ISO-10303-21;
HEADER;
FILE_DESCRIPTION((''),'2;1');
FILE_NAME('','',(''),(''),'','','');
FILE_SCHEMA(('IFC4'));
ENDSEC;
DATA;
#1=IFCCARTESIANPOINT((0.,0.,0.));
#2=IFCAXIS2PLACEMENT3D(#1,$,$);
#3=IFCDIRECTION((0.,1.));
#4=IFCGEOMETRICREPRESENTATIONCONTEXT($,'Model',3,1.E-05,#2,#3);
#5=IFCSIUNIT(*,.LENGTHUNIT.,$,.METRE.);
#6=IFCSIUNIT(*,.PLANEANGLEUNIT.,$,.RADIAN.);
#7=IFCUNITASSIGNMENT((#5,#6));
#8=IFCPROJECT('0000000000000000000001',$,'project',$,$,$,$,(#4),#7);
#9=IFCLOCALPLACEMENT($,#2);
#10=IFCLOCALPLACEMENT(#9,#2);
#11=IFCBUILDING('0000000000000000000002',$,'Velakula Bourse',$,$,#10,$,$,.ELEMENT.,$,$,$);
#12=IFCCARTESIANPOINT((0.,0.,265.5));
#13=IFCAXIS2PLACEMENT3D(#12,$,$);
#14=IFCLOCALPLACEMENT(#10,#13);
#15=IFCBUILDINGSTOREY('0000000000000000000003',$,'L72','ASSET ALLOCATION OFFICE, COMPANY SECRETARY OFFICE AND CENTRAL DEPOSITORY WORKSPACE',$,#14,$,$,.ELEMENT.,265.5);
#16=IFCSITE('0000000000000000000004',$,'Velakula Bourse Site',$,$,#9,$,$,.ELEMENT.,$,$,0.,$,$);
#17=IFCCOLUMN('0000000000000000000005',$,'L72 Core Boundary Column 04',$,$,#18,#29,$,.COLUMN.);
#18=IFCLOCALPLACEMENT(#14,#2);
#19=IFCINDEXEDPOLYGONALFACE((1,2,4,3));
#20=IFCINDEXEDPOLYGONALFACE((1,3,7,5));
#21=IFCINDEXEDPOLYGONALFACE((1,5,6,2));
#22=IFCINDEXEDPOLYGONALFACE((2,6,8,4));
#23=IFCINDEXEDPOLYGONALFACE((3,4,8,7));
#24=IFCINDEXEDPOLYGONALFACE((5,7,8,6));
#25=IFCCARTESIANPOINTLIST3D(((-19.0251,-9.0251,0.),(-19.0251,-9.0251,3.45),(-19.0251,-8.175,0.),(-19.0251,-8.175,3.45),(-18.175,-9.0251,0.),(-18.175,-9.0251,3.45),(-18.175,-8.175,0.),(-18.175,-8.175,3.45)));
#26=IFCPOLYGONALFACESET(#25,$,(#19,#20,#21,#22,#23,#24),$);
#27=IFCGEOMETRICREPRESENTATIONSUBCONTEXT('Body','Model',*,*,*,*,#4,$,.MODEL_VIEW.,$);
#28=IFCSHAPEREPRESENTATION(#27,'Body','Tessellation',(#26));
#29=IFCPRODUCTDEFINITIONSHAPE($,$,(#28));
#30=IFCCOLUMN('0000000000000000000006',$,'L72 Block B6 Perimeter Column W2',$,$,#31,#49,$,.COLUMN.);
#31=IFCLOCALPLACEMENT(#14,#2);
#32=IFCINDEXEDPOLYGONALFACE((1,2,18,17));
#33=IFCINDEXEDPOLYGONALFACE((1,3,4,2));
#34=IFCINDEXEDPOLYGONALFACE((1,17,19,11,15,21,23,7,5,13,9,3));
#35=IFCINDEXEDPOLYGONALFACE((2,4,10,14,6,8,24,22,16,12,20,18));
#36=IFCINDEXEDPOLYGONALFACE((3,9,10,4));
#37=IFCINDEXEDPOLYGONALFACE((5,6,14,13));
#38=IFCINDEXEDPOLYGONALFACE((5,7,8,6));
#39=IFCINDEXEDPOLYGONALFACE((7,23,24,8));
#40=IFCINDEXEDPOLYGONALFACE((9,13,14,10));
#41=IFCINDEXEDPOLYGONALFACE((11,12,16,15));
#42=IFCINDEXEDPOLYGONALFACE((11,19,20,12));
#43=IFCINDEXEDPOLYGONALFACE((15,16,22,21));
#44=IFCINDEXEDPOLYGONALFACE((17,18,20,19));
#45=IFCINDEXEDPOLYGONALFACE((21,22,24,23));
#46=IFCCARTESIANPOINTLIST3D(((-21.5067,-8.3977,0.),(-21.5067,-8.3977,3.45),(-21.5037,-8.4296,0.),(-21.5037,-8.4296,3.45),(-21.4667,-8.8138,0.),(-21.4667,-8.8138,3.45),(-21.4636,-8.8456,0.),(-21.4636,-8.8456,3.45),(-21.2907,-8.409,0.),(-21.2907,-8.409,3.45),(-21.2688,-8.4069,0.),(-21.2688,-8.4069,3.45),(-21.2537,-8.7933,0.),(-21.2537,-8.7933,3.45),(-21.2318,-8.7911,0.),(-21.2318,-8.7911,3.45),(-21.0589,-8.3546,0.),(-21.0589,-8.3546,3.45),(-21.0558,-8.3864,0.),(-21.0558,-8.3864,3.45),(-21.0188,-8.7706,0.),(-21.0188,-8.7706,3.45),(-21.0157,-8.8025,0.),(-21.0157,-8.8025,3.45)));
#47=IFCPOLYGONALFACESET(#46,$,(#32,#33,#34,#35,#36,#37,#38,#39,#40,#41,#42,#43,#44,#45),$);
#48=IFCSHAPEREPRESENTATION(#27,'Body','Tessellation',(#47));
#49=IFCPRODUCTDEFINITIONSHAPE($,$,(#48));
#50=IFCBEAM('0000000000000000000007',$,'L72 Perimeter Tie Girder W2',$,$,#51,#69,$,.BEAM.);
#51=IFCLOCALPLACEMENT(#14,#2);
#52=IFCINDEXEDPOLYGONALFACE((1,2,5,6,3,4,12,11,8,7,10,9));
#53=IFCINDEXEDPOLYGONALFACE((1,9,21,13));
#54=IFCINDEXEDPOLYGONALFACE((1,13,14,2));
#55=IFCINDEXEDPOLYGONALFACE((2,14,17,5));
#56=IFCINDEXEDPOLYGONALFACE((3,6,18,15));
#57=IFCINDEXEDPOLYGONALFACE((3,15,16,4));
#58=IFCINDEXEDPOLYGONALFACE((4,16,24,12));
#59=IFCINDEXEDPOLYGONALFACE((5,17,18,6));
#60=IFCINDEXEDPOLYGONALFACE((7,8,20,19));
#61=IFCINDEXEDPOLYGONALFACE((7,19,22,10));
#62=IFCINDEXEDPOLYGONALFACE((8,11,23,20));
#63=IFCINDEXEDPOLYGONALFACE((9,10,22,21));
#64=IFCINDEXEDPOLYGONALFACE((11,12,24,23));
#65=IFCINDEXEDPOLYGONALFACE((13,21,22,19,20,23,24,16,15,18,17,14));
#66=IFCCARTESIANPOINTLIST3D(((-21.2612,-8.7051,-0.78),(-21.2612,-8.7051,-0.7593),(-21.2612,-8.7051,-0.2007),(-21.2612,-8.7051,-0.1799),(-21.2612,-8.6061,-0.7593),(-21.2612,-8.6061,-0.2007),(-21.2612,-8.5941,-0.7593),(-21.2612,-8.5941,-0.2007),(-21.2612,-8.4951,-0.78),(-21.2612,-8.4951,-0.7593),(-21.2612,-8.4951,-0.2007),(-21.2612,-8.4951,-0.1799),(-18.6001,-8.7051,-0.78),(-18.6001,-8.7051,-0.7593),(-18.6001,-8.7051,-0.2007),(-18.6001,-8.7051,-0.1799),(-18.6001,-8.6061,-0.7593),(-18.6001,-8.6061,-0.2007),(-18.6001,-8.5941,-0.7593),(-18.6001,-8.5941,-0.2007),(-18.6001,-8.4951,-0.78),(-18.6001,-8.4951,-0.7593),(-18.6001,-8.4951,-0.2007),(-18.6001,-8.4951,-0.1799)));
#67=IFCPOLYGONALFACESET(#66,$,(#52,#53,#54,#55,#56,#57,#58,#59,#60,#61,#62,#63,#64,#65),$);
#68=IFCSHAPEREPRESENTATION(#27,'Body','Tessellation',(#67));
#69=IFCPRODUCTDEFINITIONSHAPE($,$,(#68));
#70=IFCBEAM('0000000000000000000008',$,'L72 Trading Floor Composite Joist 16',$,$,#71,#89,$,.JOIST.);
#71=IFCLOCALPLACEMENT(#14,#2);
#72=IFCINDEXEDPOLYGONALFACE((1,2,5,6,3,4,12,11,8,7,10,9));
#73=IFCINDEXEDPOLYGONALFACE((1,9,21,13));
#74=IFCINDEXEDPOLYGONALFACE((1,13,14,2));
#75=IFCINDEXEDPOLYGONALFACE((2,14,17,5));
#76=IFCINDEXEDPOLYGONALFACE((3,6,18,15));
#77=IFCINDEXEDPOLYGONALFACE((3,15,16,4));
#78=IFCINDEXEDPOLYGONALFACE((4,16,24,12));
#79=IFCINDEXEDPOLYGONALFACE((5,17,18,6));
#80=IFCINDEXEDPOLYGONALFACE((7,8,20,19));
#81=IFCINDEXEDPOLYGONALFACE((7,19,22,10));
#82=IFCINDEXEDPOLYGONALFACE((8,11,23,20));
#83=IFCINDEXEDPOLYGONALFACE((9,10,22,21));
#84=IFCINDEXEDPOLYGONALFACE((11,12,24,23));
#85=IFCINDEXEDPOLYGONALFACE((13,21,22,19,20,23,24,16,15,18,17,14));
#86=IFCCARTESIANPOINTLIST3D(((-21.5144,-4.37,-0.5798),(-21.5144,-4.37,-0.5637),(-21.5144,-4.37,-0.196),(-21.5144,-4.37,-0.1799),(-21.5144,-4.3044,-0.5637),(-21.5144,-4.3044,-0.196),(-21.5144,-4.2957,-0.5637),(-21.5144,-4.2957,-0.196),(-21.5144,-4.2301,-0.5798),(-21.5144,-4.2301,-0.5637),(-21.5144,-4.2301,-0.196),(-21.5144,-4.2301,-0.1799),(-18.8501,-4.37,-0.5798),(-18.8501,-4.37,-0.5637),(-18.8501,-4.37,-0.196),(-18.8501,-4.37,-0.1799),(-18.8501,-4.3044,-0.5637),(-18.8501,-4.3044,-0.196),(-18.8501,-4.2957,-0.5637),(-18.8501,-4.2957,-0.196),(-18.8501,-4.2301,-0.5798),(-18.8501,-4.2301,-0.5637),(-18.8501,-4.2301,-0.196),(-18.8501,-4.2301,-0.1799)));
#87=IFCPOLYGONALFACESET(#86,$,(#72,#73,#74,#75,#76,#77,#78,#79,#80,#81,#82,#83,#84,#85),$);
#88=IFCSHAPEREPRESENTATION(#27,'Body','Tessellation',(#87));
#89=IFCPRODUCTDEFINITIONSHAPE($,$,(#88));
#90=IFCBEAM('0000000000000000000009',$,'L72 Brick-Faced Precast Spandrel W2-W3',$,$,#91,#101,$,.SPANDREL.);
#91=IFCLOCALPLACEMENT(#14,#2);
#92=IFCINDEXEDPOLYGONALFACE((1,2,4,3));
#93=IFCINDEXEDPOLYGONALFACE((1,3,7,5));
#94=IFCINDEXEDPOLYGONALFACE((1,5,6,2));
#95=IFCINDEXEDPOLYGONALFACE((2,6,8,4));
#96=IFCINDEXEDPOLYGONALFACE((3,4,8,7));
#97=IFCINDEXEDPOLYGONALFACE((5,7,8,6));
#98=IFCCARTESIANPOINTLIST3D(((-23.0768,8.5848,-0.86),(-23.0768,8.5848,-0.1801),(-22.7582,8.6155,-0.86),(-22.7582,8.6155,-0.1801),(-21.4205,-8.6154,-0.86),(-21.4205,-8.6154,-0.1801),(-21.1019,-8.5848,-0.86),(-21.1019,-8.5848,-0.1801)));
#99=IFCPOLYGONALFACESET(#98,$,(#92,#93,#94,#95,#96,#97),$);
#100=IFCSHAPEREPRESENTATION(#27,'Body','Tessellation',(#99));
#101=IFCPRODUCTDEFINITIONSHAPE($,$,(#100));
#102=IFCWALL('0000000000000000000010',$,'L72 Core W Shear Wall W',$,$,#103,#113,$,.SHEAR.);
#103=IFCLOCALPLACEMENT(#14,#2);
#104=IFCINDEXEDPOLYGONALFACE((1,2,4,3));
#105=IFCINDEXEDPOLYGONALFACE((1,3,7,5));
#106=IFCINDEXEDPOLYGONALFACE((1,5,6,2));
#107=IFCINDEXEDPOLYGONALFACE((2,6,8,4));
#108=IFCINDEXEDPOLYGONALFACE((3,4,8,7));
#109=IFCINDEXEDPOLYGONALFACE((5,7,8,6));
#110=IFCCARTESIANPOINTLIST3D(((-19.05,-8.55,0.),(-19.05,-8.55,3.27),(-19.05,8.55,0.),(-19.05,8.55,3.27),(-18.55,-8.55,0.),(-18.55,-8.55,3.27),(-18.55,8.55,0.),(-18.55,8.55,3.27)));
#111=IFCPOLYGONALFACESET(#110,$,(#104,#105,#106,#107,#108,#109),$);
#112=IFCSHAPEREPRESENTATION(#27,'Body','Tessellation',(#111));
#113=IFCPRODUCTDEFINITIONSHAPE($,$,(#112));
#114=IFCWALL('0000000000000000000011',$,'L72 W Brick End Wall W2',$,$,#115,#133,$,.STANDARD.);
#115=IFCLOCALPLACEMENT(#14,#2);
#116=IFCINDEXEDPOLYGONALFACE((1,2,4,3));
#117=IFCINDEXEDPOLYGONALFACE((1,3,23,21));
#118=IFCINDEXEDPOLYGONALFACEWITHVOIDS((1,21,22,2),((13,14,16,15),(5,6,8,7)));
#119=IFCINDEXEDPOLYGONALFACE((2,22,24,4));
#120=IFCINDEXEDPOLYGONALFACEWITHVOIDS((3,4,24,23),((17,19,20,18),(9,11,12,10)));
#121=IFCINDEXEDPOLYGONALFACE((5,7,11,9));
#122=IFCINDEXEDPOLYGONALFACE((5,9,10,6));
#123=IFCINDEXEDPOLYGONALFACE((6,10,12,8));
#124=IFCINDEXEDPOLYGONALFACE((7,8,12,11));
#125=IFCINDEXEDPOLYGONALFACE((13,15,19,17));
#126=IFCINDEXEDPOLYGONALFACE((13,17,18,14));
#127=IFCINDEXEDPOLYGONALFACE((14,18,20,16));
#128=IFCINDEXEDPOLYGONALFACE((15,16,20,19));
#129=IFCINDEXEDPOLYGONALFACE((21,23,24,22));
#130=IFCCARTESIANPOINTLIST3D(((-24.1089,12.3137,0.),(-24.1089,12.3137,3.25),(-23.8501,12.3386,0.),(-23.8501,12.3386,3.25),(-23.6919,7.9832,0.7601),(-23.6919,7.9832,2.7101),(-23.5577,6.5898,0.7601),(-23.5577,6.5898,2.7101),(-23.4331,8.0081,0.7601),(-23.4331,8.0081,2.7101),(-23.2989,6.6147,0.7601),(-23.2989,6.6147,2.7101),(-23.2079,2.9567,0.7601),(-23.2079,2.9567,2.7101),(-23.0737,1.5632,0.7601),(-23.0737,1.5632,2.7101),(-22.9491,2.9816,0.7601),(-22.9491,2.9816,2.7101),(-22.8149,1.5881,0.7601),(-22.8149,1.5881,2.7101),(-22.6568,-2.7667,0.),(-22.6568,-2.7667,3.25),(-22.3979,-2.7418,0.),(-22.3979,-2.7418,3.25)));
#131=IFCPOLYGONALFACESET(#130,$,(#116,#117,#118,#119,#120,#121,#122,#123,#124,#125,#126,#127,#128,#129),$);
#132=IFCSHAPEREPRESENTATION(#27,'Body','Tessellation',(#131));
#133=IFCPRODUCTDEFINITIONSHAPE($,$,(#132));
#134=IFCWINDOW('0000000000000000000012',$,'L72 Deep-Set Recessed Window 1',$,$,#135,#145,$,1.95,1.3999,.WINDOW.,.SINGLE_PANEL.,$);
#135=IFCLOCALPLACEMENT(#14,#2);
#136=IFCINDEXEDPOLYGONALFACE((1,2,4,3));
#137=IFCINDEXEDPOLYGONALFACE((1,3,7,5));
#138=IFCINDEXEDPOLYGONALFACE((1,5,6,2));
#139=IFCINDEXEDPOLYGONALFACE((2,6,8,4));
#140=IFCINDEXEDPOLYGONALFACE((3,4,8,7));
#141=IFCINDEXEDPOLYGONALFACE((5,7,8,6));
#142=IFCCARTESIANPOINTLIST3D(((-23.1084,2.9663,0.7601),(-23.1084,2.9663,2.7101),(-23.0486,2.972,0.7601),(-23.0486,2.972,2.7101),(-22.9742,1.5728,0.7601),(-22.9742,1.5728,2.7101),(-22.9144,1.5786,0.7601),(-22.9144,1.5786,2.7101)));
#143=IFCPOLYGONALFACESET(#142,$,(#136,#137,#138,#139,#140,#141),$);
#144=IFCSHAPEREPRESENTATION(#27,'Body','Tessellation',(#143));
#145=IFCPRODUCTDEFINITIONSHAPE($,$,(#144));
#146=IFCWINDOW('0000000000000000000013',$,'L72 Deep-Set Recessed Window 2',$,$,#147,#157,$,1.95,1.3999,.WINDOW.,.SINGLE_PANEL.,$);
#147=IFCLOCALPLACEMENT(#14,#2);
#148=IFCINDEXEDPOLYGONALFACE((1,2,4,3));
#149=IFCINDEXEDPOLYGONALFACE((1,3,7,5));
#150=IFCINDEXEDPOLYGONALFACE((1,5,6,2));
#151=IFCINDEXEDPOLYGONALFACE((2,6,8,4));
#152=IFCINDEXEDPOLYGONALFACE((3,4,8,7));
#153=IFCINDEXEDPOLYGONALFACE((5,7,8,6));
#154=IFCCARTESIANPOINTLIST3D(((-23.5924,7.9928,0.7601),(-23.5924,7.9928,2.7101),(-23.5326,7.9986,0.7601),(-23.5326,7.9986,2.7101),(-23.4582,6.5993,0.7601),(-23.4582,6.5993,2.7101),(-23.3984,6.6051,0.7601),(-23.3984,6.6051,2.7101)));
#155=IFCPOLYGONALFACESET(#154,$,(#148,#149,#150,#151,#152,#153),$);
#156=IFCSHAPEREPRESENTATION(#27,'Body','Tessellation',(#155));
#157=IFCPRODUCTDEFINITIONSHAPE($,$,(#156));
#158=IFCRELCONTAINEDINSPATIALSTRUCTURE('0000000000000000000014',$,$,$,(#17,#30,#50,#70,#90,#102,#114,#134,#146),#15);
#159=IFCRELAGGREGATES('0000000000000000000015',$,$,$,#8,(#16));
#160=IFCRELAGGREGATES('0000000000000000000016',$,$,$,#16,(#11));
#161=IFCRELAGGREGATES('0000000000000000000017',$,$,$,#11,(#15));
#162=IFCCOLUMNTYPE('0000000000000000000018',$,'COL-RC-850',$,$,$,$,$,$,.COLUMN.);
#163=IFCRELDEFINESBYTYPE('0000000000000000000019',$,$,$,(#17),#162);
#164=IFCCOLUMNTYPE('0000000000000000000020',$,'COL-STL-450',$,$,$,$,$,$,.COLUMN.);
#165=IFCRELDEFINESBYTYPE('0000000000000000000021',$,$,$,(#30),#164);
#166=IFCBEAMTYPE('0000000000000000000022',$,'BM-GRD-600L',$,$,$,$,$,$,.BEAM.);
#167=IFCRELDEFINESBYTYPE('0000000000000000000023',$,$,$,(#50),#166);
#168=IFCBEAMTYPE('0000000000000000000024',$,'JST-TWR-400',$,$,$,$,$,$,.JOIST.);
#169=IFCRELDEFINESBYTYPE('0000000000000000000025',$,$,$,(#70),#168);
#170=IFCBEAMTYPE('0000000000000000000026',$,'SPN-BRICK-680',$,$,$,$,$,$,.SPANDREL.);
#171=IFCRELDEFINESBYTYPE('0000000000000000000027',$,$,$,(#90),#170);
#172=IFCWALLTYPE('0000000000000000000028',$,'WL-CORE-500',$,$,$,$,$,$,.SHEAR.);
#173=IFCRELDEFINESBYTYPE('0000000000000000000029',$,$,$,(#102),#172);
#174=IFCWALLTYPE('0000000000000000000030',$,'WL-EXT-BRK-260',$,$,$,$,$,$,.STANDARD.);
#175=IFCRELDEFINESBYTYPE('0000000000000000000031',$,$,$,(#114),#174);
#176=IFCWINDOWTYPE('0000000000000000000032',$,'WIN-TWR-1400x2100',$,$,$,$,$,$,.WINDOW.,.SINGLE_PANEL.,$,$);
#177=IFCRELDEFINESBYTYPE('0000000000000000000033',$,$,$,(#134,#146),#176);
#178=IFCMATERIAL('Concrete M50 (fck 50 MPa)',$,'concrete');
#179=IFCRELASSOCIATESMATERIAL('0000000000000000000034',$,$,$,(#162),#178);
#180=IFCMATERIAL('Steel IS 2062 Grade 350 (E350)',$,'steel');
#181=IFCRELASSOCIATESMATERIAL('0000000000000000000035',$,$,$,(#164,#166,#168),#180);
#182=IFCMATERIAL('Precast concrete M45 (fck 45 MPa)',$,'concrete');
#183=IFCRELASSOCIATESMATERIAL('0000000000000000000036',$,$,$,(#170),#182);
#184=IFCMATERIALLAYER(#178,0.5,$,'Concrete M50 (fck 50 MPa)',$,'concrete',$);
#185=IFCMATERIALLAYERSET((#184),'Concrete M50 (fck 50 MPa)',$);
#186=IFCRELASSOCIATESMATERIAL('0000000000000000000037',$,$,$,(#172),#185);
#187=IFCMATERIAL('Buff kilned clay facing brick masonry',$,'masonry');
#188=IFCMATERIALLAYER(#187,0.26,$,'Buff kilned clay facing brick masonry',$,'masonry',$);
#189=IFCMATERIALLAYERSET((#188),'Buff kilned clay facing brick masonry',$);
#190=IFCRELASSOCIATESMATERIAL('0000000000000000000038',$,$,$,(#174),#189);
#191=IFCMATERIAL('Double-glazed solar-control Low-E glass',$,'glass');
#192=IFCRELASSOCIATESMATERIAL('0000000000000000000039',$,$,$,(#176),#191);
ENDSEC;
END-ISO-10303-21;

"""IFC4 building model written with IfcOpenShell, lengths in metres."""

from ifc_helpers import new_model, si_unit, direction, frame, frame_2d, origin, origin_2d, place, context, subcontext, project, spatial, rectangle, i_section, extrude, material, layer, layer_set, material_profile, profile_set, type_object, element, fill, save


model = new_model("IFC4")

# Units and contexts
model_context = context("Model", 3, precision=1e-05, world=origin(), true_north=direction((0.0, 1.0)))
body_context = subcontext(model_context, "Body", "Model", "MODEL_VIEW")
ifc_project = project(units=[si_unit("LENGTHUNIT", "METRE"), si_unit("PLANEANGLEUNIT", "RADIAN")], contexts=[model_context])

# Site, building, storey
site_placement = place(None, origin())
site = spatial("IfcSite", under=ifc_project, at=site_placement, Name="Velakula Bourse Site", CompositionType="ELEMENT", RefElevation=0.0)
building_placement = place(site_placement, origin())
building = spatial("IfcBuilding", under=site, at=building_placement, Name="Velakula Bourse", CompositionType="ELEMENT")
storey_placement = place(building_placement, frame((0.0, 0.0, 265.5)))
storey = spatial("IfcBuildingStorey", under=building, at=storey_placement, Name="L72", Description="ASSET ALLOCATION OFFICE, COMPANY SECRETARY OFFICE AND CENTRAL DEPOSITORY WORKSPACE", CompositionType="ELEMENT", Elevation=265.5)

# Columns
ifc_material_1 = material(Name="Concrete M50 (fck 50 MPa)", Category="concrete")
ifc_material_profile_1 = material_profile(ifc_material_1, rectangle(XDim=0.8501, YDim=0.8501, at=origin_2d()), Name="Concrete M50 (fck 50 MPa)")
ifc_profile_set_1 = profile_set([ifc_material_profile_1], Name="Concrete M50 (fck 50 MPa)")
column_type_1 = type_object("IfcColumnType", Name="COL-RC-850", PredefinedType="COLUMN", material=ifc_profile_set_1)
column_1_placement = place(storey_placement, frame((-18.6001, -8.6001, 0.0), z_axis=(0.0, 0.0, 1.0), x_axis=(1.0, 0.0, 0.0)))
element("IfcColumn", 1, at=column_1_placement, inside=storey, type_object=column_type_1, Name="L72 Core Boundary Column 04", PredefinedType="COLUMN", context=body_context, shape_type="SweptSolid", body=[
    extrude(rectangle(XDim=0.8501, YDim=0.8501, at=origin_2d()), origin(), (0.0, 0.0, 1.0), 3.45),
])
ifc_material_2 = material(Name="Steel IS 2062 Grade 350 (E350)", Category="steel")
ifc_material_profile_2 = material_profile(ifc_material_2, i_section(OverallWidth=0.45, OverallDepth=0.45, WebThickness=0.022, FlangeThickness=0.032, at=origin_2d()), Name="Steel IS 2062 Grade 350 (E350)")
ifc_profile_set_2 = profile_set([ifc_material_profile_2], Name="Steel IS 2062 Grade 350 (E350)")
column_type_2 = type_object("IfcColumnType", Name="COL-STL-450", PredefinedType="COLUMN", material=ifc_profile_set_2)
column_2_placement = place(storey_placement, frame((-21.2612, -8.6001, 0.0), z_axis=(0.0, 0.0, 1.0), x_axis=(0.995396, 0.095846, 0.0)))
element("IfcColumn", 2, at=column_2_placement, inside=storey, type_object=column_type_2, Name="L72 Block B6 Perimeter Column W2", PredefinedType="COLUMN", context=body_context, shape_type="SweptSolid", body=[
    extrude(i_section(OverallWidth=0.45, OverallDepth=0.45, WebThickness=0.022, FlangeThickness=0.032, at=origin_2d()), origin(), (0.0, 0.0, 1.0), 3.45),
])

# Beams
ifc_material_profile_3 = material_profile(ifc_material_2, i_section(OverallWidth=0.21, OverallDepth=0.6001, WebThickness=0.012, FlangeThickness=0.0208, at=origin_2d()), Name="Steel IS 2062 Grade 350 (E350)")
ifc_profile_set_3 = profile_set([ifc_material_profile_3], Name="Steel IS 2062 Grade 350 (E350)")
beam_type_1 = type_object("IfcBeamType", Name="BM-GRD-600L", PredefinedType="BEAM", material=ifc_profile_set_3)
beam_1_placement = place(storey_placement, frame((-18.6001, -8.6001, -0.48), z_axis=(-1.0, 0.0, 0.0), x_axis=(0.0, -1.0, 0.0)))
element("IfcBeam", 3, at=beam_1_placement, inside=storey, type_object=beam_type_1, Name="L72 Perimeter Tie Girder W2", PredefinedType="BEAM", context=body_context, shape_type="SweptSolid", body=[
    extrude(i_section(OverallWidth=0.21, OverallDepth=0.6001, WebThickness=0.012, FlangeThickness=0.0208, at=origin_2d()), origin(), (0.0, 0.0, 1.0), 2.6611),
])
ifc_material_profile_4 = material_profile(ifc_material_2, i_section(OverallWidth=0.1399, OverallDepth=0.3999, WebThickness=0.0088, FlangeThickness=0.0161, at=origin_2d()), Name="Steel IS 2062 Grade 350 (E350)")
ifc_profile_set_4 = profile_set([ifc_material_profile_4], Name="Steel IS 2062 Grade 350 (E350)")
beam_type_2 = type_object("IfcBeamType", Name="JST-TWR-400", PredefinedType="JOIST", material=ifc_profile_set_4)
beam_2_placement = place(storey_placement, frame((-21.5144, -4.3, -0.3799), z_axis=(1.0, 0.0, 0.0), x_axis=(0.0, 1.0, 0.0)))
element("IfcBeam", 4, at=beam_2_placement, inside=storey, type_object=beam_type_2, Name="L72 Trading Floor Composite Joist 16", PredefinedType="JOIST", context=body_context, shape_type="SweptSolid", body=[
    extrude(i_section(OverallWidth=0.1399, OverallDepth=0.3999, WebThickness=0.0088, FlangeThickness=0.0161, at=origin_2d()), origin(), (0.0, 0.0, 1.0), 2.6643),
])
ifc_material_3 = material(Name="Precast concrete M45 (fck 45 MPa)", Category="concrete")
ifc_material_profile_5 = material_profile(ifc_material_3, rectangle(XDim=0.3201, YDim=0.6799, at=origin_2d()), Name="Precast concrete M45 (fck 45 MPa)")
ifc_profile_set_5 = profile_set([ifc_material_profile_5], Name="Precast concrete M45 (fck 45 MPa)")
beam_type_3 = type_object("IfcBeamType", Name="SPN-BRICK-680", PredefinedType="SPANDREL", material=ifc_profile_set_5)
beam_3_placement = place(storey_placement, frame((-21.2612, -8.6001, -0.52), z_axis=(-0.095849, 0.995396, 0.0), x_axis=(-0.995396, -0.095849, 0.0)))
element("IfcBeam", 5, at=beam_3_placement, inside=storey, type_object=beam_type_3, Name="L72 Brick-Faced Precast Spandrel W2-W3", PredefinedType="SPANDREL", context=body_context, shape_type="SweptSolid", body=[
    extrude(rectangle(XDim=0.3201, YDim=0.6799, at=origin_2d()), origin(), (0.0, 0.0, 1.0), 17.2798),
])

# Wall
ifc_layer_1 = layer(ifc_material_1, 0.5, Name="Concrete M50 (fck 50 MPa)", Category="concrete")
ifc_layer_set_1 = layer_set([ifc_layer_1], Name="Concrete M50 (fck 50 MPa)")
wall_type_1 = type_object("IfcWallType", Name="WL-CORE-500", PredefinedType="SHEAR", material=ifc_layer_set_1)
wall_1_placement = place(storey_placement, frame((-18.8, -8.55, 0.0), z_axis=(0.0, 0.0, 1.0), x_axis=(0.0, 1.0, 0.0)))
element("IfcWall", 6, at=wall_1_placement, inside=storey, type_object=wall_type_1, Name="L72 Core W Shear Wall W", PredefinedType="SHEAR", context=body_context, shape_type="SweptSolid", body=[
    extrude(rectangle(XDim=17.1001, YDim=0.5, at=frame_2d((8.55, 0.0))), origin(), (0.0, 0.0, 1.0), 3.27),
])

# Wall, openings, windows
ifc_material_4 = material(Name="Buff kilned clay facing brick masonry", Category="masonry")
ifc_layer_2 = layer(ifc_material_4, 0.26, Name="Buff kilned clay facing brick masonry", Category="masonry")
ifc_layer_set_2 = layer_set([ifc_layer_2], Name="Buff kilned clay facing brick masonry")
wall_type_2 = type_object("IfcWallType", Name="WL-EXT-BRK-260", PredefinedType="STANDARD", material=ifc_layer_set_2)
wall_2_placement = place(storey_placement, frame((-22.5273, -2.7544, 0.0), z_axis=(0.0, 0.0, 1.0), x_axis=(-0.095851, 0.995396, 0.0)))
wall_2 = element("IfcWall", 7, at=wall_2_placement, inside=storey, type_object=wall_type_2, Name="L72 W Brick End Wall W2", PredefinedType="STANDARD", context=body_context, shape_type="SweptSolid", body=[
    extrude(rectangle(XDim=15.1501, YDim=0.26, at=frame_2d((7.5752, 0.0))), origin(), (0.0, 0.0, 1.0), 3.25),
])
opening_1_placement = place(wall_2_placement, frame((4.3501, 0.0, 0.76)))
opening_1 = element("IfcOpeningElement", 8, at=opening_1_placement, cuts=wall_2, PredefinedType="OPENING", context=body_context, shape_type="SweptSolid", body=[
    extrude(rectangle(XDim=1.3999, YDim=1.95, at=frame_2d((0.7, 0.9751))), frame((0.0, 0.1399, 0.0), z_axis=(0.0, -1.0, 0.0), x_axis=(1.0, 0.0, 0.0)), (0.0, 0.0, 1.0), 0.28),
])
opening_2_placement = place(wall_2_placement, frame((9.3999, 0.0, 0.76)))
opening_2 = element("IfcOpeningElement", 9, at=opening_2_placement, cuts=wall_2, PredefinedType="OPENING", context=body_context, shape_type="SweptSolid", body=[
    extrude(rectangle(XDim=1.3999, YDim=1.95, at=frame_2d((0.7, 0.9751))), frame((0.0, 0.1399, 0.0), z_axis=(0.0, -1.0, 0.0), x_axis=(1.0, 0.0, 0.0)), (0.0, 0.0, 1.0), 0.28),
])
ifc_material_5 = material(Name="Double-glazed solar-control Low-E glass", Category="glass")
window_type = type_object("IfcWindowType", Name="WIN-TWR-1400x2100", PartitioningType="SINGLE_PANEL", PredefinedType="WINDOW", material=ifc_material_5)
window_1_placement = place(opening_1_placement, origin())
window_1 = element("IfcWindow", 10, at=window_1_placement, inside=storey, type_object=window_type, Name="L72 Deep-Set Recessed Window 1", OverallHeight=1.95, OverallWidth=1.3999, PartitioningType="SINGLE_PANEL", PredefinedType="WINDOW", context=body_context, shape_type="SweptSolid", body=[
    extrude(rectangle(XDim=1.3999, YDim=1.95, at=frame_2d((0.7, 0.9751))), frame((0.0, 0.03, 0.0), z_axis=(0.0, -1.0, 0.0), x_axis=(1.0, 0.0, 0.0)), (0.0, 0.0, 1.0), 0.0601),
])
fill(opening_1, window_1)
window_2_placement = place(opening_2_placement, origin())
window_2 = element("IfcWindow", 11, at=window_2_placement, inside=storey, type_object=window_type, Name="L72 Deep-Set Recessed Window 2", OverallHeight=1.95, OverallWidth=1.3999, PartitioningType="SINGLE_PANEL", PredefinedType="WINDOW", context=body_context, shape_type="SweptSolid", body=[
    extrude(rectangle(XDim=1.3999, YDim=1.95, at=frame_2d((0.7, 0.9751))), frame((0.0, 0.03, 0.0), z_axis=(0.0, -1.0, 0.0), x_axis=(1.0, 0.0, 0.0)), (0.0, 0.0, 1.0), 0.0601),
])
fill(opening_2, window_2)

save(model, "model.ifc")
